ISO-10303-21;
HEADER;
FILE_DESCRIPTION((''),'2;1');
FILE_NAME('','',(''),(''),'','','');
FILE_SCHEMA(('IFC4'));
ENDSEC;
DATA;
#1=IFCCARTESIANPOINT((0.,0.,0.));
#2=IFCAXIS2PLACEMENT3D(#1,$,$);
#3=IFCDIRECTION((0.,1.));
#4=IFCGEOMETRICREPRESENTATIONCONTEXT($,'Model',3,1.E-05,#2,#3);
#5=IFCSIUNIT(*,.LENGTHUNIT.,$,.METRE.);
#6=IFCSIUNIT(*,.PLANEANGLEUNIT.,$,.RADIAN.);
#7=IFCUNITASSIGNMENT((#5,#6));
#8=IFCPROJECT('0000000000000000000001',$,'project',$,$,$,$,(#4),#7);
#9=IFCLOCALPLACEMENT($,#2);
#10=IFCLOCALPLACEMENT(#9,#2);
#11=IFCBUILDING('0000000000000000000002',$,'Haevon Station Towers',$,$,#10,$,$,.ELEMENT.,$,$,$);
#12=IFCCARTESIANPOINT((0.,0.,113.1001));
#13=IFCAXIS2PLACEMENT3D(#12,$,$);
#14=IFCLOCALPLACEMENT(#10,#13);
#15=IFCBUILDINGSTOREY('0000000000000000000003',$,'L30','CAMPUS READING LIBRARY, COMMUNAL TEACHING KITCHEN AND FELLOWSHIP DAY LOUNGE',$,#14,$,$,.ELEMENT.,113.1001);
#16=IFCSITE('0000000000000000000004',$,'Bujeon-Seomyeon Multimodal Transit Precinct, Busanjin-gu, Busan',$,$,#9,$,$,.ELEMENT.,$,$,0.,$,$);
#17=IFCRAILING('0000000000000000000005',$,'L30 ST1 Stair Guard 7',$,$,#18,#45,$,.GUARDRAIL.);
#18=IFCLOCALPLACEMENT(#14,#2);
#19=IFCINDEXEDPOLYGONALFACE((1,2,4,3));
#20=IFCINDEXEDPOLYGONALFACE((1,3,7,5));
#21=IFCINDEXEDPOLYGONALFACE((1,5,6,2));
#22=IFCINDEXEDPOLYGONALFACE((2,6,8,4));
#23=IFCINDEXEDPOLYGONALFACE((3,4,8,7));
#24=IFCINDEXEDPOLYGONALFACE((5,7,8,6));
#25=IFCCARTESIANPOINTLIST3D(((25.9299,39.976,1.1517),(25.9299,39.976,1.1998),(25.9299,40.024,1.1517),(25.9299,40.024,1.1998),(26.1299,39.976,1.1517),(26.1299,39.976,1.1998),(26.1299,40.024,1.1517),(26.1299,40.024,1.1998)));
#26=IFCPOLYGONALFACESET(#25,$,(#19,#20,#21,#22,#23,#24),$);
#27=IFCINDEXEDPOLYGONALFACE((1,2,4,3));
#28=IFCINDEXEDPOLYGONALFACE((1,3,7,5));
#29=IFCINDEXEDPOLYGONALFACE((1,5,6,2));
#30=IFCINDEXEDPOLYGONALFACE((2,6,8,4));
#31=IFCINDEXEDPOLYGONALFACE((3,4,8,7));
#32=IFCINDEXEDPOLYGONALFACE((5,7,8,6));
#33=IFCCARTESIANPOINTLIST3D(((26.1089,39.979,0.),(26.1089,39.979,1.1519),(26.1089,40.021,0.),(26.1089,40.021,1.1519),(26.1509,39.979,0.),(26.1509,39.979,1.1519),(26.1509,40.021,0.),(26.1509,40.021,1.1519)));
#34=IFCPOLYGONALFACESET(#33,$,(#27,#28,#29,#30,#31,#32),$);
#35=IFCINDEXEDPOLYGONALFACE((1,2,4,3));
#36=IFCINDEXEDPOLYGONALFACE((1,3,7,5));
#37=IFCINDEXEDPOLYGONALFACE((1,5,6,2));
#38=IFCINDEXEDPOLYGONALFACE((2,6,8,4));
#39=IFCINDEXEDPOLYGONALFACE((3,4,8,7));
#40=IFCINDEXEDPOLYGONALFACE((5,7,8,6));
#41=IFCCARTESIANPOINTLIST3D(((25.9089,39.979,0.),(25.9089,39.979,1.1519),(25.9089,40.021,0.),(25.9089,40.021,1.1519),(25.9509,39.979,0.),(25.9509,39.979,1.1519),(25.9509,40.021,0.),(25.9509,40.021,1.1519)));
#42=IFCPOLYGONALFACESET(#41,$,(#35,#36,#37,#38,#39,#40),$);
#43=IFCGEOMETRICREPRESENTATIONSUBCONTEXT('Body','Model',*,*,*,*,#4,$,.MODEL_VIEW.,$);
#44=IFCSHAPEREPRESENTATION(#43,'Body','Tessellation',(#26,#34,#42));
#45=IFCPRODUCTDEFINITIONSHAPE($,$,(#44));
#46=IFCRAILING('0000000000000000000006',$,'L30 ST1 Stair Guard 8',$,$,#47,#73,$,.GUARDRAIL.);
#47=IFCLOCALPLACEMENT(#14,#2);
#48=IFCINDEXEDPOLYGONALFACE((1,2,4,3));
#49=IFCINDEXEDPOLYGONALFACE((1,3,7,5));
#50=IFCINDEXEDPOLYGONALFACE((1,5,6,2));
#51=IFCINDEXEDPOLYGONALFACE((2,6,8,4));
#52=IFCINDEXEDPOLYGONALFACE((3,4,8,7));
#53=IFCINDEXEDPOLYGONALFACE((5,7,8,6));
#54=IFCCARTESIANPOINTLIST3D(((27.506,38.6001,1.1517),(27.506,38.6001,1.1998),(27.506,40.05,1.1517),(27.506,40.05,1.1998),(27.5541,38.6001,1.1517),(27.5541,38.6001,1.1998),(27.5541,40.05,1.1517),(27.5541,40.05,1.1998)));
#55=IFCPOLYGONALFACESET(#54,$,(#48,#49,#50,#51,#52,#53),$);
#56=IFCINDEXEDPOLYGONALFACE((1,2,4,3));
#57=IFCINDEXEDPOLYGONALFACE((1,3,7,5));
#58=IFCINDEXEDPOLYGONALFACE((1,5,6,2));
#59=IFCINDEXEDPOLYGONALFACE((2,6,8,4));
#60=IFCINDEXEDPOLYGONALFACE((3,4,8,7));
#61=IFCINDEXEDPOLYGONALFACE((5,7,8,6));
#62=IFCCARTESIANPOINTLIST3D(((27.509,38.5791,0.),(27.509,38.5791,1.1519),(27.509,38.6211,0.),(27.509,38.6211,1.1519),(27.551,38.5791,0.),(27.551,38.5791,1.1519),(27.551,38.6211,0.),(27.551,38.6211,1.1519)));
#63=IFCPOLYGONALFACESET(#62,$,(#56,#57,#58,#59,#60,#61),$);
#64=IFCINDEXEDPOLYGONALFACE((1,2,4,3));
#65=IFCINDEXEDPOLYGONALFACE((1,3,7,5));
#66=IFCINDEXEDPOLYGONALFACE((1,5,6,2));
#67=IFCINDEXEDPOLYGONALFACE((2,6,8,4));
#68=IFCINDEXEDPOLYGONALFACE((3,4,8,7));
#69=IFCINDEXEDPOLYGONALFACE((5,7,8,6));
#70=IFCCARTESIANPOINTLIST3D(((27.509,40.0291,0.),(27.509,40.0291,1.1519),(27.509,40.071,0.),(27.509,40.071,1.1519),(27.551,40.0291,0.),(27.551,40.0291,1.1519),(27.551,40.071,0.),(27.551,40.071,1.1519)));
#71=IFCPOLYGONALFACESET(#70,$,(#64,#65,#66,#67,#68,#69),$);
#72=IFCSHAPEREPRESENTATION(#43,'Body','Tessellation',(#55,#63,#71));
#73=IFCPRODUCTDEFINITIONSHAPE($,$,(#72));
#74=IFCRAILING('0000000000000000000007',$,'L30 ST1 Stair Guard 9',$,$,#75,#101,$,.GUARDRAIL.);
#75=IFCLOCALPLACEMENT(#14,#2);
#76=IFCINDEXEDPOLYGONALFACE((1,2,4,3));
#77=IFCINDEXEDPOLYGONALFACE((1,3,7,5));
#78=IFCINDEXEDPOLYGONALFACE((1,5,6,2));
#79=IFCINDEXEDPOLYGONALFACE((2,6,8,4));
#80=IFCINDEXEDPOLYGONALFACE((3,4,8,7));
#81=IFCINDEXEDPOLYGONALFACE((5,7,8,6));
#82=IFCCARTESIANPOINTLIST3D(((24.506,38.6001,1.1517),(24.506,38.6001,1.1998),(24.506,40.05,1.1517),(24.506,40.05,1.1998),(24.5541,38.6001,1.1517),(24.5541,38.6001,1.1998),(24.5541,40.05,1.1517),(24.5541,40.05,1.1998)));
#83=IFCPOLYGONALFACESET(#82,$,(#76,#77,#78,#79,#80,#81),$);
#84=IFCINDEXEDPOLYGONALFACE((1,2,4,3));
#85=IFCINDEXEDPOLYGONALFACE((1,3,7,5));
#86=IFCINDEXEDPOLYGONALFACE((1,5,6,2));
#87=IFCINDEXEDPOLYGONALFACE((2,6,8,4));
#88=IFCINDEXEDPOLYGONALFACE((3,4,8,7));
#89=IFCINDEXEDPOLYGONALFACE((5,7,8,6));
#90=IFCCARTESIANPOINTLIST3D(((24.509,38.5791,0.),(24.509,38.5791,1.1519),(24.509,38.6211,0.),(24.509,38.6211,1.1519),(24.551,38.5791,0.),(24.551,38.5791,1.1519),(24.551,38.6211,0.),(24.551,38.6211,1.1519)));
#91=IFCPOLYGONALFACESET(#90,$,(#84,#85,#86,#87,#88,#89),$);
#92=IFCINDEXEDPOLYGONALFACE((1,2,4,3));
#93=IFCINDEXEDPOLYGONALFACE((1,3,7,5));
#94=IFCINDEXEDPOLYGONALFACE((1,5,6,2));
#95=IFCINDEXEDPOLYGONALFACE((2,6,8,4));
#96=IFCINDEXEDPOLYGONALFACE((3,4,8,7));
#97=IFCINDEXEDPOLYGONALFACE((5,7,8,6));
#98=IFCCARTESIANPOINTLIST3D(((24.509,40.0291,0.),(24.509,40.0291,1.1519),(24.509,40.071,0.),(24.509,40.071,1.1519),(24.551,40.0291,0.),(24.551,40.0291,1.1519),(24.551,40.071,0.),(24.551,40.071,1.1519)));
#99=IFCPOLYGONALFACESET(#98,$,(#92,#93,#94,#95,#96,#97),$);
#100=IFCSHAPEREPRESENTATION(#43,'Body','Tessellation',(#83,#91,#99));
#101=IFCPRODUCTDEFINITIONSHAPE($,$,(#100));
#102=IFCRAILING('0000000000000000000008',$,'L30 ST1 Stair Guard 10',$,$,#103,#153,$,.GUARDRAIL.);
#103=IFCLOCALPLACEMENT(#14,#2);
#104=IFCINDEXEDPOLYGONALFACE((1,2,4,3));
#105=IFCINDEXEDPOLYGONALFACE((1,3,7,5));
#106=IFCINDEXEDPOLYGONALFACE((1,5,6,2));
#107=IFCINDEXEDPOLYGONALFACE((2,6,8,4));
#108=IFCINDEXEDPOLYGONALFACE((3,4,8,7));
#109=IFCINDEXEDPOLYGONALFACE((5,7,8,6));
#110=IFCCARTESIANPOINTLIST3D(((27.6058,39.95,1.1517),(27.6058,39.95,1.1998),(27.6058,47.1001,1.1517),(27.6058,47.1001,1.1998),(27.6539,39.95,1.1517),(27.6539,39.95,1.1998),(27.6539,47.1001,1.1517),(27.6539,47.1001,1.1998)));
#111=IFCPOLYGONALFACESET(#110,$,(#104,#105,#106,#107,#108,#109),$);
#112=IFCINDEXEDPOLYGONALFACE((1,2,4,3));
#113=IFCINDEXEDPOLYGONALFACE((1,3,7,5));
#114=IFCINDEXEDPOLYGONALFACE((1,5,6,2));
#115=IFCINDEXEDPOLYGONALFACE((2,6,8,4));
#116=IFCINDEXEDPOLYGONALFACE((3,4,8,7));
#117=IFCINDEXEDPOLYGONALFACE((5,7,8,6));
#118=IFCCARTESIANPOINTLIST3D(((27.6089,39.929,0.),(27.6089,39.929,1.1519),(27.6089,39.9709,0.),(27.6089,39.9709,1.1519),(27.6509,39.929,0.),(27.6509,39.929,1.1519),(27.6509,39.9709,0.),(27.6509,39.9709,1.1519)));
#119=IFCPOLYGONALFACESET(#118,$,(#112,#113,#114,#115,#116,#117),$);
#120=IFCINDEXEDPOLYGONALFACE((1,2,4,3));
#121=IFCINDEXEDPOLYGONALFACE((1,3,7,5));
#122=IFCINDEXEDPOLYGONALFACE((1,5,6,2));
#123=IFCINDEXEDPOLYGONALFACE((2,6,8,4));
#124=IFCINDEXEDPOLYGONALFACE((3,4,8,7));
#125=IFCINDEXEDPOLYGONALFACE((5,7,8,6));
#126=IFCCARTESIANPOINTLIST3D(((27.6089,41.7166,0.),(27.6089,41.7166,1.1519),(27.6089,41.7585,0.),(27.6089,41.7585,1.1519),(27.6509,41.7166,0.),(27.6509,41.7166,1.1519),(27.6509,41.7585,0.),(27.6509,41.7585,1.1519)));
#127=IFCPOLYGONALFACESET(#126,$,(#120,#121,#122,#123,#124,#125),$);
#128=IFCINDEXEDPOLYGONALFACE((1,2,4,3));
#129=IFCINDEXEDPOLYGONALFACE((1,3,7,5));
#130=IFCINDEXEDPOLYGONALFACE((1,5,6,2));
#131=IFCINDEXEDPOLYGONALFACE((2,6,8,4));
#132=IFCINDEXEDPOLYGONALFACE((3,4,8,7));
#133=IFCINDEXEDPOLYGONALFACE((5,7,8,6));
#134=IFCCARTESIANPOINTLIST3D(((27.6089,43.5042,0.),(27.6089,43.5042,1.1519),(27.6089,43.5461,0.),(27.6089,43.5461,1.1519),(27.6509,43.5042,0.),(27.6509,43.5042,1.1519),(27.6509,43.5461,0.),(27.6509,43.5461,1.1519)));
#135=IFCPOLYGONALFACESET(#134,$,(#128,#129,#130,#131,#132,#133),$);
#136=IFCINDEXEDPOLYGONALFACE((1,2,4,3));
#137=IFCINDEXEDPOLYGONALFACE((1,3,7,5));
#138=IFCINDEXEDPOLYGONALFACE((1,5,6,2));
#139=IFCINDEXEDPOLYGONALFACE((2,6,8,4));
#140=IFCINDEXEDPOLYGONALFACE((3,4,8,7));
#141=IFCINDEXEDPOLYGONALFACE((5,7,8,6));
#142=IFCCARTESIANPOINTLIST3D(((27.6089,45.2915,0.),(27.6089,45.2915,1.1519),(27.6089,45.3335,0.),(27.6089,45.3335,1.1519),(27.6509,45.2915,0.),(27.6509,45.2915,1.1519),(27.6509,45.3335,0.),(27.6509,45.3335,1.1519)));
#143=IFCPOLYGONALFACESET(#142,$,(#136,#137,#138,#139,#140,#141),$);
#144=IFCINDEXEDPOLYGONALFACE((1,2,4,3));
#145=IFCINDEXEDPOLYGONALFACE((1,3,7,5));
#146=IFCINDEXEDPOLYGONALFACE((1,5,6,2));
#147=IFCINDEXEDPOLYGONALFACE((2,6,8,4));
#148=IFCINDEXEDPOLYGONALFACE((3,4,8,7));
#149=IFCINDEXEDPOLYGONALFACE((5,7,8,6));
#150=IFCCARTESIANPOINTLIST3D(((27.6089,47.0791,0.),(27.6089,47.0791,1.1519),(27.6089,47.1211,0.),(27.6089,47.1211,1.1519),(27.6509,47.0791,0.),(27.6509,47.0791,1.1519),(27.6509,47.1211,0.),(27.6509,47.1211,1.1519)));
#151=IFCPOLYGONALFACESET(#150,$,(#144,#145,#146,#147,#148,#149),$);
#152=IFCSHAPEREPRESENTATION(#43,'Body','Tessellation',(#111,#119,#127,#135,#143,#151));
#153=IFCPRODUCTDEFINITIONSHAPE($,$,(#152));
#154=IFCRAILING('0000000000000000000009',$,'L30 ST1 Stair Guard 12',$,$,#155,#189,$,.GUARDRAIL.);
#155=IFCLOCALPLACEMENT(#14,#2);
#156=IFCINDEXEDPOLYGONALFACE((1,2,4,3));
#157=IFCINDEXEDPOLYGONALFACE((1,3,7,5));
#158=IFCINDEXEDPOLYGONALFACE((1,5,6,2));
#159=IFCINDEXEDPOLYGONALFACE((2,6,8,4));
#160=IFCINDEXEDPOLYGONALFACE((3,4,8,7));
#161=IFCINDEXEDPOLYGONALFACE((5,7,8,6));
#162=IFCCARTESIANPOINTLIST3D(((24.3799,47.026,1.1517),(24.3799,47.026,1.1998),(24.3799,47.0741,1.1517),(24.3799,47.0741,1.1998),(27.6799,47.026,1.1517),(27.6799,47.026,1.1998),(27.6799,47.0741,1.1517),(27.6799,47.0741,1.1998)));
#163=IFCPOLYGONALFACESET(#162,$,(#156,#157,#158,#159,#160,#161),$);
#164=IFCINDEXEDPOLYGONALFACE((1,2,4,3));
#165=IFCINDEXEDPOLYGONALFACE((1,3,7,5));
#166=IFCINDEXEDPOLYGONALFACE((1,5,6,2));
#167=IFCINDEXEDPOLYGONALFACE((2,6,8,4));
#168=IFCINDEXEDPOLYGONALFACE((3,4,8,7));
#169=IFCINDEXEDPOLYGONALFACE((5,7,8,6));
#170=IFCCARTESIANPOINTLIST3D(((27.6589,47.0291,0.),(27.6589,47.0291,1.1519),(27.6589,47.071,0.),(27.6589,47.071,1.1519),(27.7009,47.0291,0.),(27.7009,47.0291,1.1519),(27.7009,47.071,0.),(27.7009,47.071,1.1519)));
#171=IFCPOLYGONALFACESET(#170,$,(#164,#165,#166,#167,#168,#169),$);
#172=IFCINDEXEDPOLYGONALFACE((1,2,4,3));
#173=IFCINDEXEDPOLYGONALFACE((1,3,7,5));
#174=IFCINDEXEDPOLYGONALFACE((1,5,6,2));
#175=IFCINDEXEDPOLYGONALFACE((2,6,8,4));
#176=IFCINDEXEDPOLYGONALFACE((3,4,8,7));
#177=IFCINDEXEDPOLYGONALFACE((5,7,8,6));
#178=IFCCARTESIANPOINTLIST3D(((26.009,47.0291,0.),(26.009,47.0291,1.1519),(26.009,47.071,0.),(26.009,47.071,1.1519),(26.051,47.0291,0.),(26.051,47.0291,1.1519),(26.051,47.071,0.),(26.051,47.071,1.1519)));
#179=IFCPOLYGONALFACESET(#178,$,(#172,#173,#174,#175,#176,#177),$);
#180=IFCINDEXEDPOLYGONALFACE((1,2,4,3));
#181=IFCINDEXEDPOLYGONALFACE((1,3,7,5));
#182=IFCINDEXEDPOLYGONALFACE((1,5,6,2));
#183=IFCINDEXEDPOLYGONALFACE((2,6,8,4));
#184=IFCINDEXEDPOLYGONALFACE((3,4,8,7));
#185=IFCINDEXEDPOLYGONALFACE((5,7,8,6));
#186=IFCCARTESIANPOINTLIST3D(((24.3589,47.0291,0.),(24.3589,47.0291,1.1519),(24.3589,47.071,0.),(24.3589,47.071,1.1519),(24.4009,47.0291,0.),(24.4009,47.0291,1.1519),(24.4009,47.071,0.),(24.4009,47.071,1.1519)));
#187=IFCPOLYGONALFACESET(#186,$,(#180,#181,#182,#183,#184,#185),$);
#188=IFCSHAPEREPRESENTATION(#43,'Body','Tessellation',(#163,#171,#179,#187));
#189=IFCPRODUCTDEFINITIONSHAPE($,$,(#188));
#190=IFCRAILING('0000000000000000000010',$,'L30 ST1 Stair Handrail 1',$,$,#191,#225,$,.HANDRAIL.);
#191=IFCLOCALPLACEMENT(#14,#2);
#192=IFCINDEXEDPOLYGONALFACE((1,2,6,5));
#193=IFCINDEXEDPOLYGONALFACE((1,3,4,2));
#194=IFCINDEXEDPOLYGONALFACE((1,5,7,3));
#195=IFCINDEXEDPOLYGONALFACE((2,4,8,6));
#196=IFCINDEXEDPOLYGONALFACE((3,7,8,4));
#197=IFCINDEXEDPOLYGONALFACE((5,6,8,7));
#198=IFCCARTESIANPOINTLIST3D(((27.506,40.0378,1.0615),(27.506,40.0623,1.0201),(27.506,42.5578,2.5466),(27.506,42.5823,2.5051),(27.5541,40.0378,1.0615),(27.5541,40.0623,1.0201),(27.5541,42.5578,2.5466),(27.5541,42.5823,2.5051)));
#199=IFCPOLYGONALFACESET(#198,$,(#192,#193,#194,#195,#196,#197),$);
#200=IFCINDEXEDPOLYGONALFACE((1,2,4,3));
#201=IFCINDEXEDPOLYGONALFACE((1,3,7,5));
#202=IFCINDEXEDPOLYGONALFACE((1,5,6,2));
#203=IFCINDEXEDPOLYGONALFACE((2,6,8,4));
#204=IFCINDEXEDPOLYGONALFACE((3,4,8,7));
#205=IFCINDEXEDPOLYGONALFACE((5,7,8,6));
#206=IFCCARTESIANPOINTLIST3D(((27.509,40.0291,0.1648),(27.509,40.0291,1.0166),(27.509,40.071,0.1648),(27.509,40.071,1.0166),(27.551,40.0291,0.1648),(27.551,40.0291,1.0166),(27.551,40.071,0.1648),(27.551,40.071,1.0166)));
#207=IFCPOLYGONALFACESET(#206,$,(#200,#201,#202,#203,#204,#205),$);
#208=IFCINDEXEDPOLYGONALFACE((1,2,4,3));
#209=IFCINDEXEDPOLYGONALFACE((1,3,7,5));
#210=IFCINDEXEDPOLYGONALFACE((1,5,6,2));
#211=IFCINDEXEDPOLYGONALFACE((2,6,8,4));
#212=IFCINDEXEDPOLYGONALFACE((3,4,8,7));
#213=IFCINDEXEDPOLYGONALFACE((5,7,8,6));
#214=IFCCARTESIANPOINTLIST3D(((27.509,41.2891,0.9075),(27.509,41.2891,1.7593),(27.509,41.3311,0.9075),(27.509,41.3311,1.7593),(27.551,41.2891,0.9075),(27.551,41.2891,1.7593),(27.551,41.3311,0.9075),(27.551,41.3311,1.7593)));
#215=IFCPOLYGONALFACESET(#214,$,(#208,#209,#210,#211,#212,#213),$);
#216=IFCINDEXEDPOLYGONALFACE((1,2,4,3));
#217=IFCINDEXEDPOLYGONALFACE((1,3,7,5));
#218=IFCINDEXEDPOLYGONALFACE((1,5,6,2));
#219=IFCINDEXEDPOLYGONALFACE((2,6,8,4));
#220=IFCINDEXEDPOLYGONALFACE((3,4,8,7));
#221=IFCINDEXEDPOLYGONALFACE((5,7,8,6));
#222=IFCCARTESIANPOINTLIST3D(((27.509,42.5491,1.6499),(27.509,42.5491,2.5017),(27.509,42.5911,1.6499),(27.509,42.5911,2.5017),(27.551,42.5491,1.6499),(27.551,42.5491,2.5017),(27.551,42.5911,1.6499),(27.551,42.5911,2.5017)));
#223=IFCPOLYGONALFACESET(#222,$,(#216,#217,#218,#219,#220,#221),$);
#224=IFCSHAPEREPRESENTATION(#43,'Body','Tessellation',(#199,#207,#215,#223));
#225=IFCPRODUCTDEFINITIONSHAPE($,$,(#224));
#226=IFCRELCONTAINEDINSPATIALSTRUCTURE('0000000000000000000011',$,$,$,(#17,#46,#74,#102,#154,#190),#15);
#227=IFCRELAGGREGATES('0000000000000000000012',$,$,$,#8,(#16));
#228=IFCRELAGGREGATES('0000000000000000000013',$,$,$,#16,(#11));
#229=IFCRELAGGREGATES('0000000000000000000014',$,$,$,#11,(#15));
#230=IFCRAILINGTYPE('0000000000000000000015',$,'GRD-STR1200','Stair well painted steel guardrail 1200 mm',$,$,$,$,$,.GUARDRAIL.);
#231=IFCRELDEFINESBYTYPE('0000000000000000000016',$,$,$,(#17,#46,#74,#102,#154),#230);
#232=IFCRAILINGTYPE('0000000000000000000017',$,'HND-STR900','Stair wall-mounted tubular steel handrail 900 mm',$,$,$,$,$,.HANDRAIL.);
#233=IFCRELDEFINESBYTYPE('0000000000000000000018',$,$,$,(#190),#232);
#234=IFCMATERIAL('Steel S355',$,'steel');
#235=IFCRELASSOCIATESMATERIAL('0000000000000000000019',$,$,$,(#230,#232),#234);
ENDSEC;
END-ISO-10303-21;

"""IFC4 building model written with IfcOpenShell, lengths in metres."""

from ifc_helpers import new_model, si_unit, direction, frame, origin, origin_2d, place, context, subcontext, project, spatial, rectangle, extrude, material, type_object, element, save


model = new_model("IFC4")

# Units and contexts
model_context = context("Model", 3, precision=1e-05, world=origin(), true_north=direction((0.0, 1.0)))
body_context = subcontext(model_context, "Body", "Model", "MODEL_VIEW")
ifc_project = project(units=[si_unit("LENGTHUNIT", "METRE"), si_unit("PLANEANGLEUNIT", "RADIAN")], contexts=[model_context])

# Site, building, storey
site_placement = place(None, origin())
site = spatial("IfcSite", under=ifc_project, at=site_placement, Name="Bujeon-Seomyeon Multimodal Transit Precinct, Busanjin-gu, Busan", CompositionType="ELEMENT", RefElevation=0.0)
building_placement = place(site_placement, origin())
building = spatial("IfcBuilding", under=site, at=building_placement, Name="Haevon Station Towers", CompositionType="ELEMENT")
storey_placement = place(building_placement, frame((0.0, 0.0, 113.1001)))
storey = spatial("IfcBuildingStorey", under=building, at=storey_placement, Name="L30", Description="CAMPUS READING LIBRARY, COMMUNAL TEACHING KITCHEN AND FELLOWSHIP DAY LOUNGE", CompositionType="ELEMENT", Elevation=113.1001)

# Shared definitions
ifc_material_1 = material(Name="Steel S355", Category="steel")

# Railings
railing_type_1 = type_object("IfcRailingType", Name="GRD-STR1200", Description="Stair well painted steel guardrail 1200 mm", PredefinedType="GUARDRAIL", material=ifc_material_1)
railing_1_placement = place(storey_placement, frame((26.1299, 40.0, 0.0)))
element("IfcRailing", 1, at=railing_1_placement, inside=storey, type_object=railing_type_1, Name="L30 ST1 Stair Guard 7", PredefinedType="GUARDRAIL", context=body_context, shape_type="SweptSolid", body=[
    extrude(rectangle(XDim=0.0481, YDim=0.0481, at=origin_2d()), frame((0.0, 0.0, 1.1758), z_axis=(-1.0, 0.0, 0.0), x_axis=(0.0, -1.0, 0.0)), (0.0, 0.0, 1.0), 0.2),
    extrude(rectangle(XDim=0.042, YDim=0.042, at=origin_2d()), origin(), (0.0, 0.0, 1.0), 1.1519),
    extrude(rectangle(XDim=0.042, YDim=0.042, at=origin_2d()), frame((-0.2, 0.0, 0.0)), (0.0, 0.0, 1.0), 1.1519),
])
for number, where, name in (
    (2, (27.53, 38.6001, 0.0), "L30 ST1 Stair Guard 8"),
    (3, (24.53, 38.6001, 0.0), "L30 ST1 Stair Guard 9"),
):
    element("IfcRailing", number, at=place(storey_placement, frame(where)), inside=storey, type_object=railing_type_1, Name=name, PredefinedType="GUARDRAIL", context=body_context, shape_type="SweptSolid", body=[
        extrude(rectangle(XDim=0.0481, YDim=0.0481, at=origin_2d()), frame((0.0, 0.0, 1.1758), z_axis=(0.0, 1.0, 0.0), x_axis=(-1.0, 0.0, 0.0)), (0.0, 0.0, 1.0), 1.45),
        extrude(rectangle(XDim=0.042, YDim=0.042, at=origin_2d()), origin(), (0.0, 0.0, 1.0), 1.1519),
        extrude(rectangle(XDim=0.042, YDim=0.042, at=origin_2d()), frame((0.0, 1.45, 0.0)), (0.0, 0.0, 1.0), 1.1519),
    ])
railing_2_placement = place(storey_placement, frame((27.6299, 39.95, 0.0)))
element("IfcRailing", 4, at=railing_2_placement, inside=storey, type_object=railing_type_1, Name="L30 ST1 Stair Guard 10", PredefinedType="GUARDRAIL", context=body_context, shape_type="SweptSolid", body=[
    extrude(rectangle(XDim=0.0481, YDim=0.0481, at=origin_2d()), frame((0.0, 0.0, 1.1758), z_axis=(0.0, 1.0, 0.0), x_axis=(-1.0, 0.0, 0.0)), (0.0, 0.0, 1.0), 7.1501),
    extrude(rectangle(XDim=0.042, YDim=0.042, at=origin_2d()), origin(), (0.0, 0.0, 1.0), 1.1519),
    extrude(rectangle(XDim=0.042, YDim=0.042, at=origin_2d()), frame((0.0, 1.7876, 0.0)), (0.0, 0.0, 1.0), 1.1519),
    extrude(rectangle(XDim=0.042, YDim=0.042, at=origin_2d()), frame((0.0, 3.5752, 0.0)), (0.0, 0.0, 1.0), 1.1519),
    extrude(rectangle(XDim=0.042, YDim=0.042, at=origin_2d()), frame((0.0, 5.3625, 0.0)), (0.0, 0.0, 1.0), 1.1519),
    extrude(rectangle(XDim=0.042, YDim=0.042, at=origin_2d()), frame((0.0, 7.1501, 0.0)), (0.0, 0.0, 1.0), 1.1519),
])
railing_3_placement = place(storey_placement, frame((27.6799, 47.05, 0.0)))
element("IfcRailing", 5, at=railing_3_placement, inside=storey, type_object=railing_type_1, Name="L30 ST1 Stair Guard 12", PredefinedType="GUARDRAIL", context=body_context, shape_type="SweptSolid", body=[
    extrude(rectangle(XDim=0.0481, YDim=0.0481, at=origin_2d()), frame((0.0, 0.0, 1.1758), z_axis=(-1.0, 0.0, 0.0), x_axis=(0.0, -1.0, 0.0)), (0.0, 0.0, 1.0), 3.3),
    extrude(rectangle(XDim=0.042, YDim=0.042, at=origin_2d()), origin(), (0.0, 0.0, 1.0), 1.1519),
    extrude(rectangle(XDim=0.042, YDim=0.042, at=origin_2d()), frame((-1.6499, 0.0, 0.0)), (0.0, 0.0, 1.0), 1.1519),
    extrude(rectangle(XDim=0.042, YDim=0.042, at=origin_2d()), frame((-3.3, 0.0, 0.0)), (0.0, 0.0, 1.0), 1.1519),
])
railing_type_2 = type_object("IfcRailingType", Name="HND-STR900", Description="Stair wall-mounted tubular steel handrail 900 mm", PredefinedType="HANDRAIL", material=ifc_material_1)
railing_4_placement = place(storey_placement, frame((27.53, 40.05, 0.1648)))
element("IfcRailing", 6, at=railing_4_placement, inside=storey, type_object=railing_type_2, Name="L30 ST1 Stair Handrail 1", PredefinedType="HANDRAIL", context=body_context, shape_type="SweptSolid", body=[
    extrude(rectangle(XDim=0.0481, YDim=0.0481, at=origin_2d()), frame((0.0, 0.0, 0.876), z_axis=(0.0, 0.861524, 0.507717), x_axis=(-1.0, 0.0, 0.0)), (0.0, 0.0, 1.0), 2.925),
    extrude(rectangle(XDim=0.042, YDim=0.042, at=origin_2d()), origin(), (0.0, 0.0, 1.0), 0.8518),
    extrude(rectangle(XDim=0.042, YDim=0.042, at=origin_2d()), frame((0.0, 1.26, 0.7427)), (0.0, 0.0, 1.0), 0.8518),
    extrude(rectangle(XDim=0.042, YDim=0.042, at=origin_2d()), frame((0.0, 2.52, 1.4851)), (0.0, 0.0, 1.0), 0.8518),
])

save(model, "model.ifc")
